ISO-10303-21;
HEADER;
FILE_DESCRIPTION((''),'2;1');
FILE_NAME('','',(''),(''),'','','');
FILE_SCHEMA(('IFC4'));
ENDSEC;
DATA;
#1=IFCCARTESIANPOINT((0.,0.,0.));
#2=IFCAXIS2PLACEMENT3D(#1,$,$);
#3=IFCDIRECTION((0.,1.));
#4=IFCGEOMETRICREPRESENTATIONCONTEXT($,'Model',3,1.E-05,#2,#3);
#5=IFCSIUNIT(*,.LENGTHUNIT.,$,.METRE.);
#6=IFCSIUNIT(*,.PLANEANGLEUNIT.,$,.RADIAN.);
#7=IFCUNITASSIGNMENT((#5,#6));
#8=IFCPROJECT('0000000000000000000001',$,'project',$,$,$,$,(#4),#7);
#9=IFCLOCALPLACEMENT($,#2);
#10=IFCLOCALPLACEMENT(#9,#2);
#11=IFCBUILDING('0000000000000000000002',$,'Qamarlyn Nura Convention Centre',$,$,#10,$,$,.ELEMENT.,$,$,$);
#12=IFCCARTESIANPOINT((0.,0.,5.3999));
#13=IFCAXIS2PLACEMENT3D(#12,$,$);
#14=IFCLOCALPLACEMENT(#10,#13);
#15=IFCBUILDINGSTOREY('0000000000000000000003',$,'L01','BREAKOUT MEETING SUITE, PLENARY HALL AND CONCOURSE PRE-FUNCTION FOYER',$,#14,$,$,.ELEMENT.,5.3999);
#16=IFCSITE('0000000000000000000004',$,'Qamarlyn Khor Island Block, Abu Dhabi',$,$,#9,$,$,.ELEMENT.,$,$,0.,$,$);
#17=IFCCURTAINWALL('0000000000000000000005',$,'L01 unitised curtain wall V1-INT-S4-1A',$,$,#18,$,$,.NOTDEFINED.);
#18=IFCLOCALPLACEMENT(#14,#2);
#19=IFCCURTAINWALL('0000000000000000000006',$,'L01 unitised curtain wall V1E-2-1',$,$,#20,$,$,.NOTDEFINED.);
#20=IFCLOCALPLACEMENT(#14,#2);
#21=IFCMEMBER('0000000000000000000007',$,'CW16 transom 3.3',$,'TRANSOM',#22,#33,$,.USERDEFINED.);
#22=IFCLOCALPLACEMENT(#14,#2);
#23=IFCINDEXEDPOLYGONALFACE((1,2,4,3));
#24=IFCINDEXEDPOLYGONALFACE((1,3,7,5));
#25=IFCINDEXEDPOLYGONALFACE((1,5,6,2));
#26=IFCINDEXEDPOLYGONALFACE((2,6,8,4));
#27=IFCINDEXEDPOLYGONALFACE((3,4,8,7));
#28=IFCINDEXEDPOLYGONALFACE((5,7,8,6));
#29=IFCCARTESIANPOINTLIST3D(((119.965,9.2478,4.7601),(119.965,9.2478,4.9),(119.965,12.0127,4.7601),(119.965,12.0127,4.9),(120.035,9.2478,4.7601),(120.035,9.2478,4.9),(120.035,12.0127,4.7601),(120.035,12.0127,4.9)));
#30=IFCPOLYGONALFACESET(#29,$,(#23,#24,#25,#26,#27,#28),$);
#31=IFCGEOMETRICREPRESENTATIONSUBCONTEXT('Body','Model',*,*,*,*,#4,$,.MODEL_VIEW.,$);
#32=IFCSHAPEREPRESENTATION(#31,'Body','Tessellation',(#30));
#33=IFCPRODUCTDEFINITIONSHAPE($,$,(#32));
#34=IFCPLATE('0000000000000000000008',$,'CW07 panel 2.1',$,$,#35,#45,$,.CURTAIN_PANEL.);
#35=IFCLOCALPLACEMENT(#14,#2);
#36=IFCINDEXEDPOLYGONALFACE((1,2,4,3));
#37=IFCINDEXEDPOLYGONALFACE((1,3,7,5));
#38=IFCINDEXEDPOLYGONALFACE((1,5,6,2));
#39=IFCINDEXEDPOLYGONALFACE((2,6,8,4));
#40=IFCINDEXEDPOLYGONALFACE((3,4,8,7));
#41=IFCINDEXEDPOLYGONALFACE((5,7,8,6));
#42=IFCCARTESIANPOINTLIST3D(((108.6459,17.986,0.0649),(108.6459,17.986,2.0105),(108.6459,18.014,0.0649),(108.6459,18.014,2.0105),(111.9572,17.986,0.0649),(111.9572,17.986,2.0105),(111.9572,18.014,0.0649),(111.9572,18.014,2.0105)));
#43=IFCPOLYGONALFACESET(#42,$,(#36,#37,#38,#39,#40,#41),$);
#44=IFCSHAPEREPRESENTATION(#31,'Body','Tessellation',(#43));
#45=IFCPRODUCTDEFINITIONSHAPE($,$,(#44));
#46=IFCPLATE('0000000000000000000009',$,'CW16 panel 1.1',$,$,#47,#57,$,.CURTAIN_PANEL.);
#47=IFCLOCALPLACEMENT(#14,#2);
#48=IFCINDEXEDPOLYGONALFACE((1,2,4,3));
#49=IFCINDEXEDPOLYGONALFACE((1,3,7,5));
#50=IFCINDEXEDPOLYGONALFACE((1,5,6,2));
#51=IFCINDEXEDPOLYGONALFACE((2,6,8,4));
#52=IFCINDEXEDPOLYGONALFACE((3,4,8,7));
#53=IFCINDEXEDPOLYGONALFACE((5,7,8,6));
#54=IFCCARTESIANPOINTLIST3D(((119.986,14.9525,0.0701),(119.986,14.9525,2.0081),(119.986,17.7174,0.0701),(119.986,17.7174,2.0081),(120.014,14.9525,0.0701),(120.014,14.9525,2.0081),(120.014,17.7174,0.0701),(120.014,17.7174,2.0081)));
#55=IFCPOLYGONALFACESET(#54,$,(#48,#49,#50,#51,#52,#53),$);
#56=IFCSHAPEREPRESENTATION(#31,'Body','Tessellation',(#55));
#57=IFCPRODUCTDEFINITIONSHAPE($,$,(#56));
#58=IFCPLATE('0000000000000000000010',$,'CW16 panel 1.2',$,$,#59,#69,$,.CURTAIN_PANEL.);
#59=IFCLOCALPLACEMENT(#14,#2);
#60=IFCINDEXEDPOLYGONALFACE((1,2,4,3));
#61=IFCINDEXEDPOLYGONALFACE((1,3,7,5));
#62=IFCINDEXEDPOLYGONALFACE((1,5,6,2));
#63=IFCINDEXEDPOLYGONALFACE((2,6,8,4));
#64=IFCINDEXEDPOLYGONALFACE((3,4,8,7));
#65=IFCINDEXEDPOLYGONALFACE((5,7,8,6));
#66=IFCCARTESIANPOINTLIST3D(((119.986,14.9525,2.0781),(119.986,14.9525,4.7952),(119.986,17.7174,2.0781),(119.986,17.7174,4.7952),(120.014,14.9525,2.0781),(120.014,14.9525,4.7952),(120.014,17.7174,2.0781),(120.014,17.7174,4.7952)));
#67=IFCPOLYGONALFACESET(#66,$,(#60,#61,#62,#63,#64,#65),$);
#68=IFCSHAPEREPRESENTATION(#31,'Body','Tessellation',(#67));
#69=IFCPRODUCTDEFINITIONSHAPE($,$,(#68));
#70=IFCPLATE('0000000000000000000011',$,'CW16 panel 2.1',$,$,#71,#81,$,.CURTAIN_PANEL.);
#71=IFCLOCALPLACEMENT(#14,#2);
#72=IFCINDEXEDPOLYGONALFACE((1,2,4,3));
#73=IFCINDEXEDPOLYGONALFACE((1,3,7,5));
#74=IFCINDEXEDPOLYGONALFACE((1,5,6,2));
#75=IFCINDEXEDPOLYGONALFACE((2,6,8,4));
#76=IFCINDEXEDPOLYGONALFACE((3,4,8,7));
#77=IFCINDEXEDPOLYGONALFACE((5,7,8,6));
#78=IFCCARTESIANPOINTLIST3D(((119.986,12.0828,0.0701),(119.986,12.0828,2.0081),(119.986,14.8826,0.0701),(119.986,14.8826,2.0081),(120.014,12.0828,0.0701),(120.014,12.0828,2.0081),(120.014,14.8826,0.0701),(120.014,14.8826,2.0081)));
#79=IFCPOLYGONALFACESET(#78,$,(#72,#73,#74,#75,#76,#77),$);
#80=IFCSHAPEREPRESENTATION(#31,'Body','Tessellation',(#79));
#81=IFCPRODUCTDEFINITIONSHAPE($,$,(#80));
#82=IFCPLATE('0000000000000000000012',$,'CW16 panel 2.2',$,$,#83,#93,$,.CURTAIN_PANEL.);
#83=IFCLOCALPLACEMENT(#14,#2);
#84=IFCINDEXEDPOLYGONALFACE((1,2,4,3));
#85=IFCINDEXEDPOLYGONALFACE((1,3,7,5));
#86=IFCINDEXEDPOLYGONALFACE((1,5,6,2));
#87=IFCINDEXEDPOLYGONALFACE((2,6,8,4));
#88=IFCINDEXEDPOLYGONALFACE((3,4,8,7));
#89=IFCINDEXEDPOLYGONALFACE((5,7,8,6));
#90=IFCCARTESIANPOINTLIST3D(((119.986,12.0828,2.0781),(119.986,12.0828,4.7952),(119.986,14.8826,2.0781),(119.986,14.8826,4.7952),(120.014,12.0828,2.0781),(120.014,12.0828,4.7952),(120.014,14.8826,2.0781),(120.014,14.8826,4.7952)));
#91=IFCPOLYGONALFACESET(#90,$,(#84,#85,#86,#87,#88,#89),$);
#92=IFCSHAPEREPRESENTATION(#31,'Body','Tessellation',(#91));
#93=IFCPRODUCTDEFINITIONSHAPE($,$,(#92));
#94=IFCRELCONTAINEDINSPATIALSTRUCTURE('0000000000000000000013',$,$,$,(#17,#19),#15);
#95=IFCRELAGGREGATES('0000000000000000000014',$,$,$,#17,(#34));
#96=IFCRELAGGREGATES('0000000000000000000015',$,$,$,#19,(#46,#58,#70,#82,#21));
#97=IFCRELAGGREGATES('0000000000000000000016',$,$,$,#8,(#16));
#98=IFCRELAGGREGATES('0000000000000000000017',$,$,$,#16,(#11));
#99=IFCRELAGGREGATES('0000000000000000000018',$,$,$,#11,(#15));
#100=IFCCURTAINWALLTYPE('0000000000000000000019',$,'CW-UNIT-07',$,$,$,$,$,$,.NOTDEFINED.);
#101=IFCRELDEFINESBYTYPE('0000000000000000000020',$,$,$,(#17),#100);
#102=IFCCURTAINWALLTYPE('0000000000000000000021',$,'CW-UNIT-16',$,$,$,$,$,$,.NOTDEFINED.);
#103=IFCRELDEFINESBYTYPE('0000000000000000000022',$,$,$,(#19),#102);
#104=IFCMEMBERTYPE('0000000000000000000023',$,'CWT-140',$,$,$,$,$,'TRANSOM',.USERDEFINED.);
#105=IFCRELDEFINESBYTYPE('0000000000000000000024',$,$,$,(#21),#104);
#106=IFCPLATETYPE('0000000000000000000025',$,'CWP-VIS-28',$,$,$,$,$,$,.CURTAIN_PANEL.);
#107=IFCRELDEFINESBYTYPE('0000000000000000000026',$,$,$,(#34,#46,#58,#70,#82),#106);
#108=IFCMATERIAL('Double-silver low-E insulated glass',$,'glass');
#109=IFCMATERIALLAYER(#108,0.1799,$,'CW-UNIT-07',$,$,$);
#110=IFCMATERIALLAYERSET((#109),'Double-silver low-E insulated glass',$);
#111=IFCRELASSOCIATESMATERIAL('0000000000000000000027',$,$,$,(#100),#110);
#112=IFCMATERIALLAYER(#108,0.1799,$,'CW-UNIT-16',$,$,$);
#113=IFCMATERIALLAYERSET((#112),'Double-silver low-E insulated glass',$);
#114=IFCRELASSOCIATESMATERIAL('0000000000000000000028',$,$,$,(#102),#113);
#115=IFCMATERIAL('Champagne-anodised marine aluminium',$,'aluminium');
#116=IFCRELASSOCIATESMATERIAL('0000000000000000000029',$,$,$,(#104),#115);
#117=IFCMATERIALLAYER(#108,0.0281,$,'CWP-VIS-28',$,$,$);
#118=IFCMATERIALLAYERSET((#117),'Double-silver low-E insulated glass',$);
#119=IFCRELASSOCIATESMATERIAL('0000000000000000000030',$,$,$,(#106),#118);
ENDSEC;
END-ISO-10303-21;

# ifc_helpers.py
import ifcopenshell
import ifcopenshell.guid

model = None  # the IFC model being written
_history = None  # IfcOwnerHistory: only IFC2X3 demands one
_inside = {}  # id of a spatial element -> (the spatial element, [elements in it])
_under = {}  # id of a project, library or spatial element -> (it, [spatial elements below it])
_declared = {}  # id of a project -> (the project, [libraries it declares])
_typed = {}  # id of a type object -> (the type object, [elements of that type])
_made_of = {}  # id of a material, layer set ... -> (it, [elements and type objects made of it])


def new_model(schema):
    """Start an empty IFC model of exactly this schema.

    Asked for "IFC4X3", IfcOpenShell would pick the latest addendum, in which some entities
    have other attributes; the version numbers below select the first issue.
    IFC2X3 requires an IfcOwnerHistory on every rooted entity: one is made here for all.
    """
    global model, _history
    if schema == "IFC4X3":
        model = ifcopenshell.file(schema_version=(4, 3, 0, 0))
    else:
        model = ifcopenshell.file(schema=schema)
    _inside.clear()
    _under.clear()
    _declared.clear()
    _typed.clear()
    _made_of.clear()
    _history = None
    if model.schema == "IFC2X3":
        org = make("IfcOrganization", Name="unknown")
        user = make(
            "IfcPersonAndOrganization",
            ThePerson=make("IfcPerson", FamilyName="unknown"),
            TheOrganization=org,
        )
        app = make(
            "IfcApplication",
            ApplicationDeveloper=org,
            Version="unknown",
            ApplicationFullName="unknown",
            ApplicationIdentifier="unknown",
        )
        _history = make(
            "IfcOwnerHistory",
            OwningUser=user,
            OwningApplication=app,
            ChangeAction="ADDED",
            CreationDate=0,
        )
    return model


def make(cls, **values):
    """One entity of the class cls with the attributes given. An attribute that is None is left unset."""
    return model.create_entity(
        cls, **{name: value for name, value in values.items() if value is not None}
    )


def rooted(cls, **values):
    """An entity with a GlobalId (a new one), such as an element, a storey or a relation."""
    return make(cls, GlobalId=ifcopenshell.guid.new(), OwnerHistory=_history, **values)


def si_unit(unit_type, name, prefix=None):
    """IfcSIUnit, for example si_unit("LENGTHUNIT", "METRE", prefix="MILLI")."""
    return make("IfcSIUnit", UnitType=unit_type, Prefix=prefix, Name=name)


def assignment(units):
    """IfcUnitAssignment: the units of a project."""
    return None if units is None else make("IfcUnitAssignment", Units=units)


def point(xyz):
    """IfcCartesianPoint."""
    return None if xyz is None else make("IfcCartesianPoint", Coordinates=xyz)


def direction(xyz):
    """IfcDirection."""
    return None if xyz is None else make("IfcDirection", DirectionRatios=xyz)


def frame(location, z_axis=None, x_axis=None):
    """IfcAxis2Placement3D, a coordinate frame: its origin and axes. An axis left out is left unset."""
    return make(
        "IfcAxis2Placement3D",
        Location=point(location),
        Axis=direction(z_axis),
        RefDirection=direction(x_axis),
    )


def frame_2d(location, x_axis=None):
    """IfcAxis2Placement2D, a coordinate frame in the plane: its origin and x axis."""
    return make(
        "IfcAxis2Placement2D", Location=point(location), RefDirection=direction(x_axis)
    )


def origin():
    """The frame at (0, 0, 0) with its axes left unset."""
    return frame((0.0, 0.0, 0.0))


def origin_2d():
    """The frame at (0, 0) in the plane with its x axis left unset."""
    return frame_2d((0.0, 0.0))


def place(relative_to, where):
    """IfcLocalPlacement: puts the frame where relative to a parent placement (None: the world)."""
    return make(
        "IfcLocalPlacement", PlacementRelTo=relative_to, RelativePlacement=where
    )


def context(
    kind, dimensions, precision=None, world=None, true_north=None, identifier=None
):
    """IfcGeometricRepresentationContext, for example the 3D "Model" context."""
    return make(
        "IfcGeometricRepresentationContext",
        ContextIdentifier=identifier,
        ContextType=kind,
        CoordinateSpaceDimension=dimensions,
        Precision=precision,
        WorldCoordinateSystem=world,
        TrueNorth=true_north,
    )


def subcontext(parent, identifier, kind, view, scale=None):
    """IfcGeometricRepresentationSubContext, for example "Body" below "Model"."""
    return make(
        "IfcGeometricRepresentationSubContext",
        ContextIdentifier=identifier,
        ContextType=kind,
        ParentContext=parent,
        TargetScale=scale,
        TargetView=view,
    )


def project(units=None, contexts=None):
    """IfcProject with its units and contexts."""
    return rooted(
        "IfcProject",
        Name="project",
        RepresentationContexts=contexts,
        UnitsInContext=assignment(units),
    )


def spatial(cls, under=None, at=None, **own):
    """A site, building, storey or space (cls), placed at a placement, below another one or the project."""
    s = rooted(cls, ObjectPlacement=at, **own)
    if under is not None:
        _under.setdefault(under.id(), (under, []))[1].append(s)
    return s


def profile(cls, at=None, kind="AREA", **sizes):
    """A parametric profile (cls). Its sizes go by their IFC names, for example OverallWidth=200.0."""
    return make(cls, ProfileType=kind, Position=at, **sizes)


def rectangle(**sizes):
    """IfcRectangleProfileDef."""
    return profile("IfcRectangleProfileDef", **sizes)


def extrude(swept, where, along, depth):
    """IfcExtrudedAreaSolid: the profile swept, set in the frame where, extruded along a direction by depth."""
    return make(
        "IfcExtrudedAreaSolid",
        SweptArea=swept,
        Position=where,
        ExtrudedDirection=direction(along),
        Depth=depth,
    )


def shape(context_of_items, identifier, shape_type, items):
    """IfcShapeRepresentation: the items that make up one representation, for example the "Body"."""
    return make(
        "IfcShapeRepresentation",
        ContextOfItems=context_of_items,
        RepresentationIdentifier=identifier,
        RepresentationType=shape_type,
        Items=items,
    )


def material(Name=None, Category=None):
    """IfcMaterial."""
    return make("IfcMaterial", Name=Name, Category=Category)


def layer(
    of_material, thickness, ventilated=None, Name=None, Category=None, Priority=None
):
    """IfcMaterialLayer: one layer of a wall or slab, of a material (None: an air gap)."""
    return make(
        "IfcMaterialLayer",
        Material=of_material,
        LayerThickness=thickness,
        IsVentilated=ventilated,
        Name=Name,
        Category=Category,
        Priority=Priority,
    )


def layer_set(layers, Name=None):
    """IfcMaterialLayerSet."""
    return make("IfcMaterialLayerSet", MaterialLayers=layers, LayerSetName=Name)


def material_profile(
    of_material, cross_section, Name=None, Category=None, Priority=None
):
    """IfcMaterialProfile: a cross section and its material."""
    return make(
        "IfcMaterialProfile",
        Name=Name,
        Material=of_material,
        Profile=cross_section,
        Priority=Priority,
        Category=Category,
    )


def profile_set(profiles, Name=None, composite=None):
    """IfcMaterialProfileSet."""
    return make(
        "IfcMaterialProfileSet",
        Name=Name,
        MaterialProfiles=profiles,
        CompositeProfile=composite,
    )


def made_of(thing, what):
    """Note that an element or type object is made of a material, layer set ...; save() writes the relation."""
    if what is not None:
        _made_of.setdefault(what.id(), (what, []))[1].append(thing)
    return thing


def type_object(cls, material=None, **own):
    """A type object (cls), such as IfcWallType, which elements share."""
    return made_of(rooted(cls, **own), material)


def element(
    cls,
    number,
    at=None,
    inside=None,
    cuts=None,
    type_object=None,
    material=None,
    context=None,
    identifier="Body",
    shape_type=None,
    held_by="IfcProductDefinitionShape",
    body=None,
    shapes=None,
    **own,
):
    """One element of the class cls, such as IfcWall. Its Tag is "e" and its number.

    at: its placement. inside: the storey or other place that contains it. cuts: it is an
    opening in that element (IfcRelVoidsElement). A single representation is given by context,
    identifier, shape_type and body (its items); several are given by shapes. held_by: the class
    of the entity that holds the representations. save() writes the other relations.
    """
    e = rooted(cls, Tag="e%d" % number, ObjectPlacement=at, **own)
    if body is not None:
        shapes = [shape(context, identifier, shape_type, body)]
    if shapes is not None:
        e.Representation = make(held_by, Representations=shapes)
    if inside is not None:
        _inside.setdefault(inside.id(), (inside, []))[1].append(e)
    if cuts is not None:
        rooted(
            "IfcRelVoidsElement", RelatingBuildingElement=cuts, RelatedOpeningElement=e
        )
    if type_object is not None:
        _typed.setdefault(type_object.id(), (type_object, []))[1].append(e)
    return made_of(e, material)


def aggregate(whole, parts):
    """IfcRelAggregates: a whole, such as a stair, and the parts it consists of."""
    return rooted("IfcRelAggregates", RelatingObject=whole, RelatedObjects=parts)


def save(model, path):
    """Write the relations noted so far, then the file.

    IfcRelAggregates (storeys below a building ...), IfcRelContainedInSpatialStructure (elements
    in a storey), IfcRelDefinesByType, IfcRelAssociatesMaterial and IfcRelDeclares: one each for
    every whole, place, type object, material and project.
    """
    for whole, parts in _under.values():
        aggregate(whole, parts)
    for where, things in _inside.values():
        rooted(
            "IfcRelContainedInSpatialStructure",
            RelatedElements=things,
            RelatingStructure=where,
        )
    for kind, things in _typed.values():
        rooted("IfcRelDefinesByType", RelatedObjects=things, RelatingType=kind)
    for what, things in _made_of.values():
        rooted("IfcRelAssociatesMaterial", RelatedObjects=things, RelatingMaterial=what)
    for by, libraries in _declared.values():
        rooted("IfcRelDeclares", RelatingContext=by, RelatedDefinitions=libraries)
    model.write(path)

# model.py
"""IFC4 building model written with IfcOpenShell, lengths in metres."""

from ifc_helpers import new_model, si_unit, direction, frame, origin, origin_2d, place, context, subcontext, project, spatial, rectangle, extrude, material, layer, layer_set, material_profile, profile_set, type_object, element, aggregate, save


model = new_model("IFC4")

# Units and contexts
model_context = context("Model", 3, precision=1e-05, world=origin(), true_north=direction((0.0, 1.0)))
body_context = subcontext(model_context, "Body", "Model", "MODEL_VIEW")
ifc_project = project(units=[si_unit("LENGTHUNIT", "METRE"), si_unit("PLANEANGLEUNIT", "RADIAN")], contexts=[model_context])

# Site, building, storey
site_placement = place(None, origin())
site = spatial("IfcSite", under=ifc_project, at=site_placement, Name="Qamarlyn Khor Island Block, Abu Dhabi", CompositionType="ELEMENT", RefElevation=0.0)
building_placement = place(site_placement, origin())
building = spatial("IfcBuilding", under=site, at=building_placement, Name="Qamarlyn Nura Convention Centre", CompositionType="ELEMENT")
storey_placement = place(building_placement, frame((0.0, 0.0, 5.3999)))
storey = spatial("IfcBuildingStorey", under=building, at=storey_placement, Name="L01", Description="BREAKOUT MEETING SUITE, PLENARY HALL AND CONCOURSE PRE-FUNCTION FOYER", CompositionType="ELEMENT", Elevation=5.3999)

# Curtain wall
ifc_material_1 = material(Name="Double-silver low-E insulated glass", Category="glass")
ifc_layer_1 = layer(ifc_material_1, 0.1799, Name="CW-UNIT-07")
ifc_layer_set_1 = layer_set([ifc_layer_1], Name="Double-silver low-E insulated glass")
curtain_wall_type_1 = type_object("IfcCurtainWallType", Name="CW-UNIT-07", PredefinedType="NOTDEFINED", material=ifc_layer_set_1)
curtain_wall_1_placement = place(storey_placement, origin())
curtain_wall_1 = element("IfcCurtainWall", 1, at=curtain_wall_1_placement, inside=storey, type_object=curtain_wall_type_1, Name="L01 unitised curtain wall V1-INT-S4-1A", PredefinedType="NOTDEFINED")
ifc_material_2 = material(Name="Champagne-anodised marine aluminium", Category="aluminium")

# Curtain wall
ifc_layer_2 = layer(ifc_material_1, 0.1799, Name="CW-UNIT-16")
ifc_layer_set_2 = layer_set([ifc_layer_2], Name="Double-silver low-E insulated glass")
curtain_wall_type_2 = type_object("IfcCurtainWallType", Name="CW-UNIT-16", PredefinedType="NOTDEFINED", material=ifc_layer_set_2)
curtain_wall_2_placement = place(storey_placement, origin())
curtain_wall_2 = element("IfcCurtainWall", 2, at=curtain_wall_2_placement, inside=storey, type_object=curtain_wall_type_2, Name="L01 unitised curtain wall V1E-2-1", PredefinedType="NOTDEFINED")

# Member
ifc_material_profile_1 = material_profile(ifc_material_2, rectangle(XDim=0.0701, YDim=0.1399, at=origin_2d()), Name="ALU TRANSOM 70x140")
ifc_profile_set_1 = profile_set([ifc_material_profile_1], Name="Champagne-anodised marine aluminium")
member_type_1 = type_object("IfcMemberType", Name="CWT-140", ElementType="TRANSOM", PredefinedType="USERDEFINED", material=ifc_profile_set_1)
member_1_placement = place(storey_placement, frame((120.0, 12.0127, 4.8301), z_axis=(0.0, -1.0, 0.0), x_axis=(1.0, 0.0, 0.0)))
member_1 = element("IfcMember", 3, at=member_1_placement, type_object=member_type_1, Name="CW16 transom 3.3", ObjectType="TRANSOM", PredefinedType="USERDEFINED", context=body_context, shape_type="SweptSolid", body=[
    extrude(rectangle(XDim=0.0701, YDim=0.1399, at=origin_2d()), origin(), (0.0, 0.0, 1.0), 2.7649),
])

# Plates
ifc_layer_3 = layer(ifc_material_1, 0.0281, Name="CWP-VIS-28")
ifc_layer_set_3 = layer_set([ifc_layer_3], Name="Double-silver low-E insulated glass")
plate_type = type_object("IfcPlateType", Name="CWP-VIS-28", PredefinedType="CURTAIN_PANEL", material=ifc_layer_set_3)
plate_1_placement = place(storey_placement, frame((110.3015, 18.0, 0.0649), z_axis=(0.0, 0.0, 1.0), x_axis=(1.0, 0.0, 0.0)))
plate_1 = element("IfcPlate", 4, at=plate_1_placement, type_object=plate_type, Name="CW07 panel 2.1", PredefinedType="CURTAIN_PANEL", context=body_context, shape_type="SweptSolid", body=[
    extrude(rectangle(XDim=3.3113, YDim=0.0281, at=origin_2d()), origin(), (0.0, 0.0, 1.0), 1.9456),
])
aggregate(curtain_wall_1, [plate_1])
plate_2_placement = place(storey_placement, frame((120.0, 16.335, 0.0701), z_axis=(0.0, 0.0, 1.0), x_axis=(0.0, -1.0, 0.0)))
plate_2 = element("IfcPlate", 5, at=plate_2_placement, type_object=plate_type, Name="CW16 panel 1.1", PredefinedType="CURTAIN_PANEL", context=body_context, shape_type="SweptSolid", body=[
    extrude(rectangle(XDim=2.7649, YDim=0.0281, at=origin_2d()), origin(), (0.0, 0.0, 1.0), 1.938),
])
plate_3_placement = place(storey_placement, frame((120.0, 16.335, 2.0781), z_axis=(0.0, 0.0, 1.0), x_axis=(0.0, -1.0, 0.0)))
plate_3 = element("IfcPlate", 6, at=plate_3_placement, type_object=plate_type, Name="CW16 panel 1.2", PredefinedType="CURTAIN_PANEL", context=body_context, shape_type="SweptSolid", body=[
    extrude(rectangle(XDim=2.7649, YDim=0.0281, at=origin_2d()), origin(), (0.0, 0.0, 1.0), 2.717),
])
plate_4_placement = place(storey_placement, frame((120.0, 13.4827, 0.0701), z_axis=(0.0, 0.0, 1.0), x_axis=(0.0, -1.0, 0.0)))
plate_4 = element("IfcPlate", 7, at=plate_4_placement, type_object=plate_type, Name="CW16 panel 2.1", PredefinedType="CURTAIN_PANEL", context=body_context, shape_type="SweptSolid", body=[
    extrude(rectangle(XDim=2.7998, YDim=0.0281, at=origin_2d()), origin(), (0.0, 0.0, 1.0), 1.938),
])
plate_5_placement = place(storey_placement, frame((120.0, 13.4827, 2.0781), z_axis=(0.0, 0.0, 1.0), x_axis=(0.0, -1.0, 0.0)))
plate_5 = element("IfcPlate", 8, at=plate_5_placement, type_object=plate_type, Name="CW16 panel 2.2", PredefinedType="CURTAIN_PANEL", context=body_context, shape_type="SweptSolid", body=[
    extrude(rectangle(XDim=2.7998, YDim=0.0281, at=origin_2d()), origin(), (0.0, 0.0, 1.0), 2.717),
])
aggregate(curtain_wall_2, [plate_2, plate_3, plate_4, plate_5, member_1])

save(model, "model.ifc")
